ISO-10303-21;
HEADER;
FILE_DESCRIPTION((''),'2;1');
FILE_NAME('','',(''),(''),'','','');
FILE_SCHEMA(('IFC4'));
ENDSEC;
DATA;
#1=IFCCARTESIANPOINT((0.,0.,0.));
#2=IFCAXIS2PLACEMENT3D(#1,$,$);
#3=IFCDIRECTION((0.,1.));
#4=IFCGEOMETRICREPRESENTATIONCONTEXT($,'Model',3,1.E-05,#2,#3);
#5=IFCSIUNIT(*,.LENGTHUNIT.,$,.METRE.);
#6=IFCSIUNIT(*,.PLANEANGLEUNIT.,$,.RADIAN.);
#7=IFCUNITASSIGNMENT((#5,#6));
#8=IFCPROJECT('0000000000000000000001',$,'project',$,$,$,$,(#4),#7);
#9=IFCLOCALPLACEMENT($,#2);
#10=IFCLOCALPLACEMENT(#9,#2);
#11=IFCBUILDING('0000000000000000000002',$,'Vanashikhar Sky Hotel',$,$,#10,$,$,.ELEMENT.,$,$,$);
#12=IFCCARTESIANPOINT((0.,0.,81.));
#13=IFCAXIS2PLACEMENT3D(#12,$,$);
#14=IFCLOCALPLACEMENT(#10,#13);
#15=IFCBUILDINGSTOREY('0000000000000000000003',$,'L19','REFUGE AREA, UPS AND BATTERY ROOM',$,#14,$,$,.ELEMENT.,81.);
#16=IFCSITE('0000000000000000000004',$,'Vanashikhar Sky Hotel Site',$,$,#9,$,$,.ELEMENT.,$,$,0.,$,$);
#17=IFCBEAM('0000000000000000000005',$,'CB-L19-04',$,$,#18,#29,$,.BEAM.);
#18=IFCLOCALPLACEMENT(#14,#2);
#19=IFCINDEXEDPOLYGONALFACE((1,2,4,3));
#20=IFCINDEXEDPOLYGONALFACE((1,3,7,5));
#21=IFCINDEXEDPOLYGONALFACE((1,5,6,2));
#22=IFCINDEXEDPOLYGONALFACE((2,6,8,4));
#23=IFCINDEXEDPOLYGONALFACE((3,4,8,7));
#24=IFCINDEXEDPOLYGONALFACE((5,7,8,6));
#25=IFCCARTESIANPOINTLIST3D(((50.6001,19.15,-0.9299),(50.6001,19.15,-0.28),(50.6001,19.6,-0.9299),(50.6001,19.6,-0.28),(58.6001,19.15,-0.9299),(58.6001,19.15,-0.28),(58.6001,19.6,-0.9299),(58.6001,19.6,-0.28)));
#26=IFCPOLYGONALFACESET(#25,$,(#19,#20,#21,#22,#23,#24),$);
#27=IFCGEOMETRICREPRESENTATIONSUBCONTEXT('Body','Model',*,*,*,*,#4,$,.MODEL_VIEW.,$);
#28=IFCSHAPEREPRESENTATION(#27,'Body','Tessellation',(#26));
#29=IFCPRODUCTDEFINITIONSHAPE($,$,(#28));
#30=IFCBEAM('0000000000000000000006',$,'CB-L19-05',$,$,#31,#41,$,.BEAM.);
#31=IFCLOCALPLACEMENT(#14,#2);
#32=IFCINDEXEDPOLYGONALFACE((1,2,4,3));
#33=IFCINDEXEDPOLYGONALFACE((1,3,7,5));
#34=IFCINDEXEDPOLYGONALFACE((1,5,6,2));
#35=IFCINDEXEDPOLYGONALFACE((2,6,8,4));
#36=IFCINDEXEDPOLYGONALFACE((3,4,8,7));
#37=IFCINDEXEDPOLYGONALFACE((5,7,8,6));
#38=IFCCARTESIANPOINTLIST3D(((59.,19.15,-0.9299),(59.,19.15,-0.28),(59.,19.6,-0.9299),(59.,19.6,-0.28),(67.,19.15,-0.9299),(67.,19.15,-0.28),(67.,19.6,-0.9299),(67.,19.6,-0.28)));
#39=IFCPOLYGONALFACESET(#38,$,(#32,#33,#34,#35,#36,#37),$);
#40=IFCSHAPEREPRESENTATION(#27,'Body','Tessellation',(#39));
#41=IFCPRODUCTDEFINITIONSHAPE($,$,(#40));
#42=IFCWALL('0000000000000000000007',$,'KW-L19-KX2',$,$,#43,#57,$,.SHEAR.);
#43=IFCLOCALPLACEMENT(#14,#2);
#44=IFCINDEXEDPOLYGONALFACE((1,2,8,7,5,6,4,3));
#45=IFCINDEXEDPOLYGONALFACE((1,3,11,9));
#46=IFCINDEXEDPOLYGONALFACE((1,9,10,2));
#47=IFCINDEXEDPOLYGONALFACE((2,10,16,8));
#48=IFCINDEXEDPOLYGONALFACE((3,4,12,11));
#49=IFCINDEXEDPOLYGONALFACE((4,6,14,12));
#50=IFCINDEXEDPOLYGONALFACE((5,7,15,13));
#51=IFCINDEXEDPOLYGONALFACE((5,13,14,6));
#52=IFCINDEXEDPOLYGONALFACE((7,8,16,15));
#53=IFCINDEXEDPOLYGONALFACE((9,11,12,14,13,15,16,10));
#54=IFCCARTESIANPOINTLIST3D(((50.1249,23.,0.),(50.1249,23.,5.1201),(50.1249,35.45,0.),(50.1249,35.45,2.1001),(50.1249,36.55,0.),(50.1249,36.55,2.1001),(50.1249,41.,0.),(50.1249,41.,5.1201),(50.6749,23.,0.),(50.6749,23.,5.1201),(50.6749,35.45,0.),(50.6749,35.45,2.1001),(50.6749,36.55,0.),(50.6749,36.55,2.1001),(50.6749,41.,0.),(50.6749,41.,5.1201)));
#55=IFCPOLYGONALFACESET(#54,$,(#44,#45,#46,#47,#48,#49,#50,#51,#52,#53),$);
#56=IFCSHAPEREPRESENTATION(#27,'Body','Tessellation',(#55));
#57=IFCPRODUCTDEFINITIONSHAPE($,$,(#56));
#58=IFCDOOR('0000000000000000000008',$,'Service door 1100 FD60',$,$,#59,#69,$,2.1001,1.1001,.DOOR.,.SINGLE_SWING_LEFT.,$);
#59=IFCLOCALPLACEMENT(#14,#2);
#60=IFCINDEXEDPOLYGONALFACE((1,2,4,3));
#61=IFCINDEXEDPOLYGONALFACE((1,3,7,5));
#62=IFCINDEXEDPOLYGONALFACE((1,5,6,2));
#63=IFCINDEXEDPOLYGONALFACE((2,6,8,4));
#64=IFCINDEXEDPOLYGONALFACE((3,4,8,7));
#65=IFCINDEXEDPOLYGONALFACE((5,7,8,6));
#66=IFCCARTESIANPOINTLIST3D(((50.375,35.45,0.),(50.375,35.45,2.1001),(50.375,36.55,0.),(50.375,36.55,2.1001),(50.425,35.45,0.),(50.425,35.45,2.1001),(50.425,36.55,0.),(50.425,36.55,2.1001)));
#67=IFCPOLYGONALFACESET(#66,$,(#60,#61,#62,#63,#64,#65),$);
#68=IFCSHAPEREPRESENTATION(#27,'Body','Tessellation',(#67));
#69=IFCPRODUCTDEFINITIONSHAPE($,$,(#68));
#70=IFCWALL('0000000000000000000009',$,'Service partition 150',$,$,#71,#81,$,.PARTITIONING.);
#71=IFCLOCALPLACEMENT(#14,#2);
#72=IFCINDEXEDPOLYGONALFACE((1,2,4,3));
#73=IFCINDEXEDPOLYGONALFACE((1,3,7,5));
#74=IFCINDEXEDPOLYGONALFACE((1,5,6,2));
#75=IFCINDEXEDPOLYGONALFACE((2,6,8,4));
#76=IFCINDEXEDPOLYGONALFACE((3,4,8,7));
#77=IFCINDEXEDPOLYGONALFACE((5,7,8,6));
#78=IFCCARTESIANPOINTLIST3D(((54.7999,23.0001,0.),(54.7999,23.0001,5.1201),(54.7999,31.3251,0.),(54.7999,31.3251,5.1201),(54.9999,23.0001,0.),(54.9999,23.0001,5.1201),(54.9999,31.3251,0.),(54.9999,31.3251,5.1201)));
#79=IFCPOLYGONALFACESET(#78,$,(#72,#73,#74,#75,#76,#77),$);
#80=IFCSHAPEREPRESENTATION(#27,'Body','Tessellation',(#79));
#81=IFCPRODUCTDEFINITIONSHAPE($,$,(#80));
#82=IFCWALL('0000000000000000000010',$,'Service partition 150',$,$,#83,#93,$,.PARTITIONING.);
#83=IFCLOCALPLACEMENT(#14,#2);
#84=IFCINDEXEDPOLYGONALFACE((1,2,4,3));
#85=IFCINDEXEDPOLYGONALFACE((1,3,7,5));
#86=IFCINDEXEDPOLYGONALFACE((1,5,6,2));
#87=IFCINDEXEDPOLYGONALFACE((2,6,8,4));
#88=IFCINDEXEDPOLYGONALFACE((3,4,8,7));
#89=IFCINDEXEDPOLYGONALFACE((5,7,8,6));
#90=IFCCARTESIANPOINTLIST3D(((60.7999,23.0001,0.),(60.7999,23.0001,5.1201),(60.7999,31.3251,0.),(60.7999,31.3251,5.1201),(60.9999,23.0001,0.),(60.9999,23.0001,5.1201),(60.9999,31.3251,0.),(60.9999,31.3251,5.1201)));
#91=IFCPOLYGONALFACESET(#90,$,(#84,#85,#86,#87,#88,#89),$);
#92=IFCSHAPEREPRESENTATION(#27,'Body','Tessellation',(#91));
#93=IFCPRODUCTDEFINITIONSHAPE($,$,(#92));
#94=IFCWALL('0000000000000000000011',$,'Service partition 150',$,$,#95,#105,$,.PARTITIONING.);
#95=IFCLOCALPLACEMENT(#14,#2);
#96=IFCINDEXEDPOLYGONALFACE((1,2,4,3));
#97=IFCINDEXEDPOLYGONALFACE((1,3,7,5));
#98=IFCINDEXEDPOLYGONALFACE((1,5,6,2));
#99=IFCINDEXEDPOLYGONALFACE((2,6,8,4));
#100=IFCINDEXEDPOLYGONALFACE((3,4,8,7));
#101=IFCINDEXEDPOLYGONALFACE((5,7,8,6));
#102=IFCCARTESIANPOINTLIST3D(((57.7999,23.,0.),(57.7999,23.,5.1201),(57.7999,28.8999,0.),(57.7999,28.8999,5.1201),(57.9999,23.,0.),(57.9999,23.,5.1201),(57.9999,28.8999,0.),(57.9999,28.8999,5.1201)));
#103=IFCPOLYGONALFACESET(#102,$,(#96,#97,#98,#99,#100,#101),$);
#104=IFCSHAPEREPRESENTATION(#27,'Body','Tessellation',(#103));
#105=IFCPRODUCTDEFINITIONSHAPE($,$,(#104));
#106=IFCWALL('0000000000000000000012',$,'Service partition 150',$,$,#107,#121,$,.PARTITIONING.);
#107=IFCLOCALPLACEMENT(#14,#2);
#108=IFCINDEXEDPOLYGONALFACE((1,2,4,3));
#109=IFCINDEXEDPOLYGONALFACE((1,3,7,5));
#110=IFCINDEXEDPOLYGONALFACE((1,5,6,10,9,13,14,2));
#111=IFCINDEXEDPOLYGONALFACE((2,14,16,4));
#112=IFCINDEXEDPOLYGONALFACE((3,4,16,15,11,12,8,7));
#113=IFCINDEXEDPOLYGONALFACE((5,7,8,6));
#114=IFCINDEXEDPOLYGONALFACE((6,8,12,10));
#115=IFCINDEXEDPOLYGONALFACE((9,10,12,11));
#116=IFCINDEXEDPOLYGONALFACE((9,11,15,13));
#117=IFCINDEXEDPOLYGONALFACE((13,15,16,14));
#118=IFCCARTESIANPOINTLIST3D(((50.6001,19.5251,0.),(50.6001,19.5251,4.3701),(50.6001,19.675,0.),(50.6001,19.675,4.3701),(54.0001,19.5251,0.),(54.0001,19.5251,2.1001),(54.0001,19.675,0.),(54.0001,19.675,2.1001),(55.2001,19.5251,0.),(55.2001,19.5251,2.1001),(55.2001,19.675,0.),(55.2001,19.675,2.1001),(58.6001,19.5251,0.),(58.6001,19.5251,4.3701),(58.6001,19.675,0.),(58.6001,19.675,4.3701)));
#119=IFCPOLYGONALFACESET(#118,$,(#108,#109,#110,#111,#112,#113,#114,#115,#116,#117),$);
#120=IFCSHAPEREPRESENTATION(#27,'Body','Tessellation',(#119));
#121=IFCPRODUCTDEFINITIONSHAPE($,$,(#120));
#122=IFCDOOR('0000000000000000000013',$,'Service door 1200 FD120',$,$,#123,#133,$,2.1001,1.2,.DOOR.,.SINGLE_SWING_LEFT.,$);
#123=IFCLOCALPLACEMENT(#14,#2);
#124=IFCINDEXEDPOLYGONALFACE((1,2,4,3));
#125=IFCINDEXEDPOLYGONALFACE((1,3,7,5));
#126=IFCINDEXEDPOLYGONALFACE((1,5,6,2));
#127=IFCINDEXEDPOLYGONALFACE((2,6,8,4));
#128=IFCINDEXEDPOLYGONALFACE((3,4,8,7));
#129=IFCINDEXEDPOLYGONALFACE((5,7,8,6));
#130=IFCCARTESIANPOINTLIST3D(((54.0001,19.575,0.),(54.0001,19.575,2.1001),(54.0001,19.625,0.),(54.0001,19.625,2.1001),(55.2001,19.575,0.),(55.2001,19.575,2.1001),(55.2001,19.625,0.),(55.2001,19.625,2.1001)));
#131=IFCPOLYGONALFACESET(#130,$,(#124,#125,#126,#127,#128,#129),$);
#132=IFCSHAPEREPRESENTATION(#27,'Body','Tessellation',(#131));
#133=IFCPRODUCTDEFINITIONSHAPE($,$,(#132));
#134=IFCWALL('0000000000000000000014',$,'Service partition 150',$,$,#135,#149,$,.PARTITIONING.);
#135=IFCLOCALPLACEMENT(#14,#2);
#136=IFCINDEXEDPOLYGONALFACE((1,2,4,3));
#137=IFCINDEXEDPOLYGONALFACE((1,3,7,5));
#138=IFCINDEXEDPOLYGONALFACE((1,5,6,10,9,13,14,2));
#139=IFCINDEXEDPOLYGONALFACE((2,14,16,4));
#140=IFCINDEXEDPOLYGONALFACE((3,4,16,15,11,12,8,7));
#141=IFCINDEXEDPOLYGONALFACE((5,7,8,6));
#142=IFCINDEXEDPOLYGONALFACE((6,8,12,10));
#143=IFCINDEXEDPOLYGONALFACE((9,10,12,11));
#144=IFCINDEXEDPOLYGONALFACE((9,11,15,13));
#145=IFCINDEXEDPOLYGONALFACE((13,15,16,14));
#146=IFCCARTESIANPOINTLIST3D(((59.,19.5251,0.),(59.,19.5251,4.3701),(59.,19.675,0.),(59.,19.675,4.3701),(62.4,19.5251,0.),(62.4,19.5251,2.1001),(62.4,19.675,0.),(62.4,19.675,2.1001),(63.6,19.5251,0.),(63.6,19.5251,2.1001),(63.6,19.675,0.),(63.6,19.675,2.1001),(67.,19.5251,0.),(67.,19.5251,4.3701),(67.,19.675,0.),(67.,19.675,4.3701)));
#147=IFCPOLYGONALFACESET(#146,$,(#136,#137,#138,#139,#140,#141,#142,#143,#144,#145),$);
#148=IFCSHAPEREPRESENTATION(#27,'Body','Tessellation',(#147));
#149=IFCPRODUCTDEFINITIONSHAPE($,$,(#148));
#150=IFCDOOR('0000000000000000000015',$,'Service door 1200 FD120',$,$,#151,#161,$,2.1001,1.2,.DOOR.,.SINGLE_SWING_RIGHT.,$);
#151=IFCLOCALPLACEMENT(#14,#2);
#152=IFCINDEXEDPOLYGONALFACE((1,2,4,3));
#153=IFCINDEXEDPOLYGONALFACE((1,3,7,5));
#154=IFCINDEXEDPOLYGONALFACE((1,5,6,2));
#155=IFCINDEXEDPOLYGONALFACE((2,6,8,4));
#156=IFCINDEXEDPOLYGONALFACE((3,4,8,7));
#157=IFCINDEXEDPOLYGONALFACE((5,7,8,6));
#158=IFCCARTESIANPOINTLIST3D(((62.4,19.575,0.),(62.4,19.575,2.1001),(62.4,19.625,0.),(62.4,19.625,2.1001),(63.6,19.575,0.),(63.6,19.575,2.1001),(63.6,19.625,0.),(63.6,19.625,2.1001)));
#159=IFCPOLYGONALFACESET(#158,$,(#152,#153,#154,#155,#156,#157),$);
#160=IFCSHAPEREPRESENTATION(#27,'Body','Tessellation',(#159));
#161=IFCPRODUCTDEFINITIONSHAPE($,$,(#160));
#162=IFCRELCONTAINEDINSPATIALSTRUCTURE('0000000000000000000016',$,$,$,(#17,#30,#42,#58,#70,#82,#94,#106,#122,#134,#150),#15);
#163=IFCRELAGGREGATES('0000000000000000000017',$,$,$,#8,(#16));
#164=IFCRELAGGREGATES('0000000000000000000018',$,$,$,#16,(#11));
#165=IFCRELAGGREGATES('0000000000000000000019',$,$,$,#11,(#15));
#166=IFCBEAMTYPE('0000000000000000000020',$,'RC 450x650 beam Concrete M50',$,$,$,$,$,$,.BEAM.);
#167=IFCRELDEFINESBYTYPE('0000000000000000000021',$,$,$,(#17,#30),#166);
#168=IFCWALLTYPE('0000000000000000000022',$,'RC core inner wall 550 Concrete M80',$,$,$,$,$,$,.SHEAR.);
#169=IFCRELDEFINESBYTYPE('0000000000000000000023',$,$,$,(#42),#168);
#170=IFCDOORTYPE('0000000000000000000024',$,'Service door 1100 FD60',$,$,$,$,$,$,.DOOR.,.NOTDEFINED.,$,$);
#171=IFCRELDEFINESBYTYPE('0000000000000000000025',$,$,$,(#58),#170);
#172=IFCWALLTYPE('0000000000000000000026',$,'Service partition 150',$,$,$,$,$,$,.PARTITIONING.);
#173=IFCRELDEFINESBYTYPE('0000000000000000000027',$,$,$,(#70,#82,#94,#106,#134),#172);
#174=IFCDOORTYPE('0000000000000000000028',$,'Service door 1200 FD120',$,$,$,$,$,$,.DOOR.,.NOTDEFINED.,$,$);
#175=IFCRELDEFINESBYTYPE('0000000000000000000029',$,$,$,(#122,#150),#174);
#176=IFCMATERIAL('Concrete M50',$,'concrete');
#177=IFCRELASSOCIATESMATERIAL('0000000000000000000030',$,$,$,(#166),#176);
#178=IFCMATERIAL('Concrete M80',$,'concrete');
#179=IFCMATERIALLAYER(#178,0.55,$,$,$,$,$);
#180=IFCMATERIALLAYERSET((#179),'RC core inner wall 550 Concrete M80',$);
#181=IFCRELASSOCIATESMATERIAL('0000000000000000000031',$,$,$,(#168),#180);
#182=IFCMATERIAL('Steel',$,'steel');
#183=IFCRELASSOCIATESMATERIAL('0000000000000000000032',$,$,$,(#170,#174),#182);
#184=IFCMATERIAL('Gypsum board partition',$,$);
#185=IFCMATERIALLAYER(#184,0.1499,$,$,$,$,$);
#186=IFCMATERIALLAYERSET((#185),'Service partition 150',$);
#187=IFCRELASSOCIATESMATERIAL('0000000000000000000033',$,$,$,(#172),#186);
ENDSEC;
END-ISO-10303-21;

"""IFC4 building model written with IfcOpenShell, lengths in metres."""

from ifc_helpers import new_model, si_unit, direction, frame, frame_2d, origin, origin_2d, place, context, subcontext, project, spatial, rectangle, extrude, source, transform, mapped, material, layer, layer_set, material_profile, profile_set, type_object, element, fill, save


model = new_model("IFC4")

# Units and contexts
model_context = context("Model", 3, precision=1e-05, world=origin(), true_north=direction((0.0, 1.0)))
body_context = subcontext(model_context, "Body", "Model", "MODEL_VIEW")
ifc_project = project(units=[si_unit("LENGTHUNIT", "METRE"), si_unit("PLANEANGLEUNIT", "RADIAN")], contexts=[model_context])

# Site, building, storey
site_placement = place(None, origin())
site = spatial("IfcSite", under=ifc_project, at=site_placement, Name="Vanashikhar Sky Hotel Site", CompositionType="ELEMENT", RefElevation=0.0)
building_placement = place(site_placement, origin())
building = spatial("IfcBuilding", under=site, at=building_placement, Name="Vanashikhar Sky Hotel", CompositionType="ELEMENT")
storey_placement = place(building_placement, frame((0.0, 0.0, 81.0)))
storey = spatial("IfcBuildingStorey", under=building, at=storey_placement, Name="L19", Description="REFUGE AREA, UPS AND BATTERY ROOM", CompositionType="ELEMENT", Elevation=81.0)

# Beams
ifc_material_1 = material(Name="Concrete M50", Category="concrete")
ifc_material_profile = material_profile(ifc_material_1, rectangle(XDim=0.45, YDim=0.6499, at=origin_2d()))
ifc_profile_set = profile_set([ifc_material_profile], Name="RC 450x650 beam Concrete M50")
beam_type = type_object("IfcBeamType", Name="RC 450x650 beam Concrete M50", PredefinedType="BEAM", material=ifc_profile_set)
shared_shape_1 = source(origin(), body_context, "Body", "SweptSolid", [
    extrude(rectangle(XDim=0.45, YDim=0.6499, at=origin_2d()), origin(), (0.0, 0.0, 1.0), 8.0),
])
for number, where, z_axis, x_axis, name in (
    (1, (50.6001, 19.375, -0.605), (1.0, 0.0, 0.0), (0.0, 1.0, 0.0), "CB-L19-04"),
    (2, (59.0, 19.375, -0.605), (1.0, 0.0, 0.0), (0.0, 1.0, 0.0), "CB-L19-05"),
):
    element("IfcBeam", number, at=place(storey_placement, frame(where, z_axis=z_axis, x_axis=x_axis)), inside=storey, type_object=beam_type, Name=name, PredefinedType="BEAM", context=body_context, shape_type="MappedRepresentation", body=[
        mapped(shared_shape_1, transform((0.0, 0.0, 0.0), scale=1.0)),
    ])

# Wall, opening, door
ifc_material_2 = material(Name="Concrete M80", Category="concrete")
ifc_layer_1 = layer(ifc_material_2, 0.55)
ifc_layer_set_1 = layer_set([ifc_layer_1], Name="RC core inner wall 550 Concrete M80")
wall_type_1 = type_object("IfcWallType", Name="RC core inner wall 550 Concrete M80", PredefinedType="SHEAR", material=ifc_layer_set_1)
shared_shape_2 = source(origin(), body_context, "Body", "SweptSolid", [
    extrude(rectangle(XDim=18.0, YDim=0.55, at=frame_2d((9.0, 0.0))), origin(), (0.0, 0.0, 1.0), 5.1201),
])
wall_1_placement = place(storey_placement, frame((50.3999, 23.0, 0.0), z_axis=(0.0, 0.0, 1.0), x_axis=(0.0, 1.0, 0.0)))
wall_1 = element("IfcWall", 3, at=wall_1_placement, inside=storey, type_object=wall_type_1, Name="KW-L19-KX2", PredefinedType="SHEAR", context=body_context, shape_type="MappedRepresentation", body=[
    mapped(shared_shape_2, transform((0.0, 0.0, 0.0), scale=1.0)),
])
shared_shape_3 = source(origin(), body_context, "Body", "SweptSolid", [
    extrude(rectangle(XDim=1.1001, YDim=2.1001, at=frame_2d((0.55, 1.05))), frame((0.0, 0.2852, 0.0), z_axis=(0.0, -1.0, 0.0), x_axis=(1.0, 0.0, 0.0)), (0.0, 0.0, 1.0), 0.5701),
])
opening_1_placement = place(wall_1_placement, frame((12.45, 0.0, 0.0)))
opening_1 = element("IfcOpeningElement", 4, at=opening_1_placement, cuts=wall_1, PredefinedType="OPENING", context=body_context, shape_type="MappedRepresentation", body=[
    mapped(shared_shape_3, transform((0.0, 0.0, 0.0), scale=1.0)),
])
ifc_material_3 = material(Name="Steel", Category="steel")
door_type_1 = type_object("IfcDoorType", Name="Service door 1100 FD60", OperationType="NOTDEFINED", PredefinedType="DOOR", material=ifc_material_3)
shared_shape_4 = source(origin(), body_context, "Body", "SweptSolid", [
    extrude(rectangle(XDim=1.1001, YDim=2.1001, at=frame_2d((0.55, 1.05))), frame((0.0, 0.0249, 0.0), z_axis=(0.0, -1.0, 0.0), x_axis=(1.0, 0.0, 0.0)), (0.0, 0.0, 1.0), 0.05),
])
door_1_placement = place(opening_1_placement, origin())
door_1 = element("IfcDoor", 5, at=door_1_placement, inside=storey, type_object=door_type_1, Name="Service door 1100 FD60", OperationType="SINGLE_SWING_LEFT", OverallHeight=2.1001, OverallWidth=1.1001, PredefinedType="DOOR", context=body_context, shape_type="MappedRepresentation", body=[
    mapped(shared_shape_4, transform((0.0, 0.0, 0.0), scale=1.0)),
])
fill(opening_1, door_1)

# Walls
ifc_material_4 = material(Name="Gypsum board partition")
ifc_layer_2 = layer(ifc_material_4, 0.1499)
ifc_layer_set_2 = layer_set([ifc_layer_2], Name="Service partition 150")
wall_type_2 = type_object("IfcWallType", Name="Service partition 150", PredefinedType="PARTITIONING", material=ifc_layer_set_2)
shared_shape_5 = source(origin(), body_context, "Body", "SweptSolid", [
    extrude(rectangle(XDim=8.325, YDim=0.2, at=frame_2d((4.1626, 0.0))), origin(), (0.0, 0.0, 1.0), 5.1201),
])
for number, where, z_axis, x_axis, name in (
    (6, (54.8999, 23.0, 0.0), (0.0, 0.0, 1.0), (0.0, 1.0, 0.0), "Service partition 150"),
    (7, (60.8999, 23.0, 0.0), (0.0, 0.0, 1.0), (0.0, 1.0, 0.0), "Service partition 150"),
):
    element("IfcWall", number, at=place(storey_placement, frame(where, z_axis=z_axis, x_axis=x_axis)), inside=storey, type_object=wall_type_2, Name=name, PredefinedType="PARTITIONING", context=body_context, shape_type="MappedRepresentation", body=[
        mapped(shared_shape_5, transform((0.0, 0.0, 0.0), scale=1.0)),
    ])
shared_shape_6 = source(origin(), body_context, "Body", "SweptSolid", [
    extrude(rectangle(XDim=5.8999, YDim=0.2, at=frame_2d((2.95, 0.0))), origin(), (0.0, 0.0, 1.0), 5.1201),
])
wall_2_placement = place(storey_placement, frame((57.8999, 23.0, 0.0), z_axis=(0.0, 0.0, 1.0), x_axis=(0.0, 1.0, 0.0)))
element("IfcWall", 8, at=wall_2_placement, inside=storey, type_object=wall_type_2, Name="Service partition 150", PredefinedType="PARTITIONING", context=body_context, shape_type="MappedRepresentation", body=[
    mapped(shared_shape_6, transform((0.0, 0.0, 0.0), scale=1.0)),
])

# Walls, openings, doors
shared_shape_7 = source(origin(), body_context, "Body", "SweptSolid", [
    extrude(rectangle(XDim=8.0, YDim=0.1499, at=frame_2d((4.0, 0.0))), origin(), (0.0, 0.0, 1.0), 4.3701),
])
wall_3_placement = place(storey_placement, frame((50.6001, 19.6001, 0.0), z_axis=(0.0, 0.0, 1.0), x_axis=(1.0, 0.0, 0.0)))
wall_3 = element("IfcWall", 9, at=wall_3_placement, inside=storey, type_object=wall_type_2, Name="Service partition 150", PredefinedType="PARTITIONING", context=body_context, shape_type="MappedRepresentation", body=[
    mapped(shared_shape_7, transform((0.0, 0.0, 0.0), scale=1.0)),
])
shared_shape_8 = source(origin(), body_context, "Body", "SweptSolid", [
    extrude(rectangle(XDim=1.2, YDim=2.1001, at=frame_2d((0.6001, 1.05))), frame((0.0, 0.085, 0.0), z_axis=(0.0, -1.0, 0.0), x_axis=(1.0, 0.0, 0.0)), (0.0, 0.0, 1.0), 0.1699),
])
opening_2_placement = place(wall_3_placement, frame((3.3999, 0.0, 0.0)))
opening_2 = element("IfcOpeningElement", 10, at=opening_2_placement, cuts=wall_3, PredefinedType="OPENING", context=body_context, shape_type="MappedRepresentation", body=[
    mapped(shared_shape_8, transform((0.0, 0.0, 0.0), scale=1.0)),
])
door_type_2 = type_object("IfcDoorType", Name="Service door 1200 FD120", OperationType="NOTDEFINED", PredefinedType="DOOR", material=ifc_material_3)
shared_shape_9 = source(origin(), body_context, "Body", "SweptSolid", [
    extrude(rectangle(XDim=1.2, YDim=2.1001, at=frame_2d((0.6001, 1.05))), frame((0.0, 0.0249, 0.0), z_axis=(0.0, -1.0, 0.0), x_axis=(1.0, 0.0, 0.0)), (0.0, 0.0, 1.0), 0.05),
])
door_2_placement = place(opening_2_placement, origin())
door_2 = element("IfcDoor", 11, at=door_2_placement, inside=storey, type_object=door_type_2, Name="Service door 1200 FD120", OperationType="SINGLE_SWING_LEFT", OverallHeight=2.1001, OverallWidth=1.2, PredefinedType="DOOR", context=body_context, shape_type="MappedRepresentation", body=[
    mapped(shared_shape_9, transform((0.0, 0.0, 0.0), scale=1.0)),
])
fill(opening_2, door_2)
wall_4_placement = place(storey_placement, frame((59.0, 19.6001, 0.0), z_axis=(0.0, 0.0, 1.0), x_axis=(1.0, 0.0, 0.0)))
wall_4 = element("IfcWall", 12, at=wall_4_placement, inside=storey, type_object=wall_type_2, Name="Service partition 150", PredefinedType="PARTITIONING", context=body_context, shape_type="MappedRepresentation", body=[
    mapped(shared_shape_7, transform((0.0, 0.0, 0.0), scale=1.0)),
])
opening_3_placement = place(wall_4_placement, frame((3.3999, 0.0, 0.0)))
opening_3 = element("IfcOpeningElement", 13, at=opening_3_placement, cuts=wall_4, PredefinedType="OPENING", context=body_context, shape_type="MappedRepresentation", body=[
    mapped(shared_shape_8, transform((0.0, 0.0, 0.0), scale=1.0)),
])
door_3_placement = place(opening_3_placement, origin())
door_3 = element("IfcDoor", 14, at=door_3_placement, inside=storey, type_object=door_type_2, Name="Service door 1200 FD120", OperationType="SINGLE_SWING_RIGHT", OverallHeight=2.1001, OverallWidth=1.2, PredefinedType="DOOR", context=body_context, shape_type="MappedRepresentation", body=[
    mapped(shared_shape_9, transform((0.0, 0.0, 0.0), scale=1.0)),
])
fill(opening_3, door_3)

save(model, "model.ifc")
